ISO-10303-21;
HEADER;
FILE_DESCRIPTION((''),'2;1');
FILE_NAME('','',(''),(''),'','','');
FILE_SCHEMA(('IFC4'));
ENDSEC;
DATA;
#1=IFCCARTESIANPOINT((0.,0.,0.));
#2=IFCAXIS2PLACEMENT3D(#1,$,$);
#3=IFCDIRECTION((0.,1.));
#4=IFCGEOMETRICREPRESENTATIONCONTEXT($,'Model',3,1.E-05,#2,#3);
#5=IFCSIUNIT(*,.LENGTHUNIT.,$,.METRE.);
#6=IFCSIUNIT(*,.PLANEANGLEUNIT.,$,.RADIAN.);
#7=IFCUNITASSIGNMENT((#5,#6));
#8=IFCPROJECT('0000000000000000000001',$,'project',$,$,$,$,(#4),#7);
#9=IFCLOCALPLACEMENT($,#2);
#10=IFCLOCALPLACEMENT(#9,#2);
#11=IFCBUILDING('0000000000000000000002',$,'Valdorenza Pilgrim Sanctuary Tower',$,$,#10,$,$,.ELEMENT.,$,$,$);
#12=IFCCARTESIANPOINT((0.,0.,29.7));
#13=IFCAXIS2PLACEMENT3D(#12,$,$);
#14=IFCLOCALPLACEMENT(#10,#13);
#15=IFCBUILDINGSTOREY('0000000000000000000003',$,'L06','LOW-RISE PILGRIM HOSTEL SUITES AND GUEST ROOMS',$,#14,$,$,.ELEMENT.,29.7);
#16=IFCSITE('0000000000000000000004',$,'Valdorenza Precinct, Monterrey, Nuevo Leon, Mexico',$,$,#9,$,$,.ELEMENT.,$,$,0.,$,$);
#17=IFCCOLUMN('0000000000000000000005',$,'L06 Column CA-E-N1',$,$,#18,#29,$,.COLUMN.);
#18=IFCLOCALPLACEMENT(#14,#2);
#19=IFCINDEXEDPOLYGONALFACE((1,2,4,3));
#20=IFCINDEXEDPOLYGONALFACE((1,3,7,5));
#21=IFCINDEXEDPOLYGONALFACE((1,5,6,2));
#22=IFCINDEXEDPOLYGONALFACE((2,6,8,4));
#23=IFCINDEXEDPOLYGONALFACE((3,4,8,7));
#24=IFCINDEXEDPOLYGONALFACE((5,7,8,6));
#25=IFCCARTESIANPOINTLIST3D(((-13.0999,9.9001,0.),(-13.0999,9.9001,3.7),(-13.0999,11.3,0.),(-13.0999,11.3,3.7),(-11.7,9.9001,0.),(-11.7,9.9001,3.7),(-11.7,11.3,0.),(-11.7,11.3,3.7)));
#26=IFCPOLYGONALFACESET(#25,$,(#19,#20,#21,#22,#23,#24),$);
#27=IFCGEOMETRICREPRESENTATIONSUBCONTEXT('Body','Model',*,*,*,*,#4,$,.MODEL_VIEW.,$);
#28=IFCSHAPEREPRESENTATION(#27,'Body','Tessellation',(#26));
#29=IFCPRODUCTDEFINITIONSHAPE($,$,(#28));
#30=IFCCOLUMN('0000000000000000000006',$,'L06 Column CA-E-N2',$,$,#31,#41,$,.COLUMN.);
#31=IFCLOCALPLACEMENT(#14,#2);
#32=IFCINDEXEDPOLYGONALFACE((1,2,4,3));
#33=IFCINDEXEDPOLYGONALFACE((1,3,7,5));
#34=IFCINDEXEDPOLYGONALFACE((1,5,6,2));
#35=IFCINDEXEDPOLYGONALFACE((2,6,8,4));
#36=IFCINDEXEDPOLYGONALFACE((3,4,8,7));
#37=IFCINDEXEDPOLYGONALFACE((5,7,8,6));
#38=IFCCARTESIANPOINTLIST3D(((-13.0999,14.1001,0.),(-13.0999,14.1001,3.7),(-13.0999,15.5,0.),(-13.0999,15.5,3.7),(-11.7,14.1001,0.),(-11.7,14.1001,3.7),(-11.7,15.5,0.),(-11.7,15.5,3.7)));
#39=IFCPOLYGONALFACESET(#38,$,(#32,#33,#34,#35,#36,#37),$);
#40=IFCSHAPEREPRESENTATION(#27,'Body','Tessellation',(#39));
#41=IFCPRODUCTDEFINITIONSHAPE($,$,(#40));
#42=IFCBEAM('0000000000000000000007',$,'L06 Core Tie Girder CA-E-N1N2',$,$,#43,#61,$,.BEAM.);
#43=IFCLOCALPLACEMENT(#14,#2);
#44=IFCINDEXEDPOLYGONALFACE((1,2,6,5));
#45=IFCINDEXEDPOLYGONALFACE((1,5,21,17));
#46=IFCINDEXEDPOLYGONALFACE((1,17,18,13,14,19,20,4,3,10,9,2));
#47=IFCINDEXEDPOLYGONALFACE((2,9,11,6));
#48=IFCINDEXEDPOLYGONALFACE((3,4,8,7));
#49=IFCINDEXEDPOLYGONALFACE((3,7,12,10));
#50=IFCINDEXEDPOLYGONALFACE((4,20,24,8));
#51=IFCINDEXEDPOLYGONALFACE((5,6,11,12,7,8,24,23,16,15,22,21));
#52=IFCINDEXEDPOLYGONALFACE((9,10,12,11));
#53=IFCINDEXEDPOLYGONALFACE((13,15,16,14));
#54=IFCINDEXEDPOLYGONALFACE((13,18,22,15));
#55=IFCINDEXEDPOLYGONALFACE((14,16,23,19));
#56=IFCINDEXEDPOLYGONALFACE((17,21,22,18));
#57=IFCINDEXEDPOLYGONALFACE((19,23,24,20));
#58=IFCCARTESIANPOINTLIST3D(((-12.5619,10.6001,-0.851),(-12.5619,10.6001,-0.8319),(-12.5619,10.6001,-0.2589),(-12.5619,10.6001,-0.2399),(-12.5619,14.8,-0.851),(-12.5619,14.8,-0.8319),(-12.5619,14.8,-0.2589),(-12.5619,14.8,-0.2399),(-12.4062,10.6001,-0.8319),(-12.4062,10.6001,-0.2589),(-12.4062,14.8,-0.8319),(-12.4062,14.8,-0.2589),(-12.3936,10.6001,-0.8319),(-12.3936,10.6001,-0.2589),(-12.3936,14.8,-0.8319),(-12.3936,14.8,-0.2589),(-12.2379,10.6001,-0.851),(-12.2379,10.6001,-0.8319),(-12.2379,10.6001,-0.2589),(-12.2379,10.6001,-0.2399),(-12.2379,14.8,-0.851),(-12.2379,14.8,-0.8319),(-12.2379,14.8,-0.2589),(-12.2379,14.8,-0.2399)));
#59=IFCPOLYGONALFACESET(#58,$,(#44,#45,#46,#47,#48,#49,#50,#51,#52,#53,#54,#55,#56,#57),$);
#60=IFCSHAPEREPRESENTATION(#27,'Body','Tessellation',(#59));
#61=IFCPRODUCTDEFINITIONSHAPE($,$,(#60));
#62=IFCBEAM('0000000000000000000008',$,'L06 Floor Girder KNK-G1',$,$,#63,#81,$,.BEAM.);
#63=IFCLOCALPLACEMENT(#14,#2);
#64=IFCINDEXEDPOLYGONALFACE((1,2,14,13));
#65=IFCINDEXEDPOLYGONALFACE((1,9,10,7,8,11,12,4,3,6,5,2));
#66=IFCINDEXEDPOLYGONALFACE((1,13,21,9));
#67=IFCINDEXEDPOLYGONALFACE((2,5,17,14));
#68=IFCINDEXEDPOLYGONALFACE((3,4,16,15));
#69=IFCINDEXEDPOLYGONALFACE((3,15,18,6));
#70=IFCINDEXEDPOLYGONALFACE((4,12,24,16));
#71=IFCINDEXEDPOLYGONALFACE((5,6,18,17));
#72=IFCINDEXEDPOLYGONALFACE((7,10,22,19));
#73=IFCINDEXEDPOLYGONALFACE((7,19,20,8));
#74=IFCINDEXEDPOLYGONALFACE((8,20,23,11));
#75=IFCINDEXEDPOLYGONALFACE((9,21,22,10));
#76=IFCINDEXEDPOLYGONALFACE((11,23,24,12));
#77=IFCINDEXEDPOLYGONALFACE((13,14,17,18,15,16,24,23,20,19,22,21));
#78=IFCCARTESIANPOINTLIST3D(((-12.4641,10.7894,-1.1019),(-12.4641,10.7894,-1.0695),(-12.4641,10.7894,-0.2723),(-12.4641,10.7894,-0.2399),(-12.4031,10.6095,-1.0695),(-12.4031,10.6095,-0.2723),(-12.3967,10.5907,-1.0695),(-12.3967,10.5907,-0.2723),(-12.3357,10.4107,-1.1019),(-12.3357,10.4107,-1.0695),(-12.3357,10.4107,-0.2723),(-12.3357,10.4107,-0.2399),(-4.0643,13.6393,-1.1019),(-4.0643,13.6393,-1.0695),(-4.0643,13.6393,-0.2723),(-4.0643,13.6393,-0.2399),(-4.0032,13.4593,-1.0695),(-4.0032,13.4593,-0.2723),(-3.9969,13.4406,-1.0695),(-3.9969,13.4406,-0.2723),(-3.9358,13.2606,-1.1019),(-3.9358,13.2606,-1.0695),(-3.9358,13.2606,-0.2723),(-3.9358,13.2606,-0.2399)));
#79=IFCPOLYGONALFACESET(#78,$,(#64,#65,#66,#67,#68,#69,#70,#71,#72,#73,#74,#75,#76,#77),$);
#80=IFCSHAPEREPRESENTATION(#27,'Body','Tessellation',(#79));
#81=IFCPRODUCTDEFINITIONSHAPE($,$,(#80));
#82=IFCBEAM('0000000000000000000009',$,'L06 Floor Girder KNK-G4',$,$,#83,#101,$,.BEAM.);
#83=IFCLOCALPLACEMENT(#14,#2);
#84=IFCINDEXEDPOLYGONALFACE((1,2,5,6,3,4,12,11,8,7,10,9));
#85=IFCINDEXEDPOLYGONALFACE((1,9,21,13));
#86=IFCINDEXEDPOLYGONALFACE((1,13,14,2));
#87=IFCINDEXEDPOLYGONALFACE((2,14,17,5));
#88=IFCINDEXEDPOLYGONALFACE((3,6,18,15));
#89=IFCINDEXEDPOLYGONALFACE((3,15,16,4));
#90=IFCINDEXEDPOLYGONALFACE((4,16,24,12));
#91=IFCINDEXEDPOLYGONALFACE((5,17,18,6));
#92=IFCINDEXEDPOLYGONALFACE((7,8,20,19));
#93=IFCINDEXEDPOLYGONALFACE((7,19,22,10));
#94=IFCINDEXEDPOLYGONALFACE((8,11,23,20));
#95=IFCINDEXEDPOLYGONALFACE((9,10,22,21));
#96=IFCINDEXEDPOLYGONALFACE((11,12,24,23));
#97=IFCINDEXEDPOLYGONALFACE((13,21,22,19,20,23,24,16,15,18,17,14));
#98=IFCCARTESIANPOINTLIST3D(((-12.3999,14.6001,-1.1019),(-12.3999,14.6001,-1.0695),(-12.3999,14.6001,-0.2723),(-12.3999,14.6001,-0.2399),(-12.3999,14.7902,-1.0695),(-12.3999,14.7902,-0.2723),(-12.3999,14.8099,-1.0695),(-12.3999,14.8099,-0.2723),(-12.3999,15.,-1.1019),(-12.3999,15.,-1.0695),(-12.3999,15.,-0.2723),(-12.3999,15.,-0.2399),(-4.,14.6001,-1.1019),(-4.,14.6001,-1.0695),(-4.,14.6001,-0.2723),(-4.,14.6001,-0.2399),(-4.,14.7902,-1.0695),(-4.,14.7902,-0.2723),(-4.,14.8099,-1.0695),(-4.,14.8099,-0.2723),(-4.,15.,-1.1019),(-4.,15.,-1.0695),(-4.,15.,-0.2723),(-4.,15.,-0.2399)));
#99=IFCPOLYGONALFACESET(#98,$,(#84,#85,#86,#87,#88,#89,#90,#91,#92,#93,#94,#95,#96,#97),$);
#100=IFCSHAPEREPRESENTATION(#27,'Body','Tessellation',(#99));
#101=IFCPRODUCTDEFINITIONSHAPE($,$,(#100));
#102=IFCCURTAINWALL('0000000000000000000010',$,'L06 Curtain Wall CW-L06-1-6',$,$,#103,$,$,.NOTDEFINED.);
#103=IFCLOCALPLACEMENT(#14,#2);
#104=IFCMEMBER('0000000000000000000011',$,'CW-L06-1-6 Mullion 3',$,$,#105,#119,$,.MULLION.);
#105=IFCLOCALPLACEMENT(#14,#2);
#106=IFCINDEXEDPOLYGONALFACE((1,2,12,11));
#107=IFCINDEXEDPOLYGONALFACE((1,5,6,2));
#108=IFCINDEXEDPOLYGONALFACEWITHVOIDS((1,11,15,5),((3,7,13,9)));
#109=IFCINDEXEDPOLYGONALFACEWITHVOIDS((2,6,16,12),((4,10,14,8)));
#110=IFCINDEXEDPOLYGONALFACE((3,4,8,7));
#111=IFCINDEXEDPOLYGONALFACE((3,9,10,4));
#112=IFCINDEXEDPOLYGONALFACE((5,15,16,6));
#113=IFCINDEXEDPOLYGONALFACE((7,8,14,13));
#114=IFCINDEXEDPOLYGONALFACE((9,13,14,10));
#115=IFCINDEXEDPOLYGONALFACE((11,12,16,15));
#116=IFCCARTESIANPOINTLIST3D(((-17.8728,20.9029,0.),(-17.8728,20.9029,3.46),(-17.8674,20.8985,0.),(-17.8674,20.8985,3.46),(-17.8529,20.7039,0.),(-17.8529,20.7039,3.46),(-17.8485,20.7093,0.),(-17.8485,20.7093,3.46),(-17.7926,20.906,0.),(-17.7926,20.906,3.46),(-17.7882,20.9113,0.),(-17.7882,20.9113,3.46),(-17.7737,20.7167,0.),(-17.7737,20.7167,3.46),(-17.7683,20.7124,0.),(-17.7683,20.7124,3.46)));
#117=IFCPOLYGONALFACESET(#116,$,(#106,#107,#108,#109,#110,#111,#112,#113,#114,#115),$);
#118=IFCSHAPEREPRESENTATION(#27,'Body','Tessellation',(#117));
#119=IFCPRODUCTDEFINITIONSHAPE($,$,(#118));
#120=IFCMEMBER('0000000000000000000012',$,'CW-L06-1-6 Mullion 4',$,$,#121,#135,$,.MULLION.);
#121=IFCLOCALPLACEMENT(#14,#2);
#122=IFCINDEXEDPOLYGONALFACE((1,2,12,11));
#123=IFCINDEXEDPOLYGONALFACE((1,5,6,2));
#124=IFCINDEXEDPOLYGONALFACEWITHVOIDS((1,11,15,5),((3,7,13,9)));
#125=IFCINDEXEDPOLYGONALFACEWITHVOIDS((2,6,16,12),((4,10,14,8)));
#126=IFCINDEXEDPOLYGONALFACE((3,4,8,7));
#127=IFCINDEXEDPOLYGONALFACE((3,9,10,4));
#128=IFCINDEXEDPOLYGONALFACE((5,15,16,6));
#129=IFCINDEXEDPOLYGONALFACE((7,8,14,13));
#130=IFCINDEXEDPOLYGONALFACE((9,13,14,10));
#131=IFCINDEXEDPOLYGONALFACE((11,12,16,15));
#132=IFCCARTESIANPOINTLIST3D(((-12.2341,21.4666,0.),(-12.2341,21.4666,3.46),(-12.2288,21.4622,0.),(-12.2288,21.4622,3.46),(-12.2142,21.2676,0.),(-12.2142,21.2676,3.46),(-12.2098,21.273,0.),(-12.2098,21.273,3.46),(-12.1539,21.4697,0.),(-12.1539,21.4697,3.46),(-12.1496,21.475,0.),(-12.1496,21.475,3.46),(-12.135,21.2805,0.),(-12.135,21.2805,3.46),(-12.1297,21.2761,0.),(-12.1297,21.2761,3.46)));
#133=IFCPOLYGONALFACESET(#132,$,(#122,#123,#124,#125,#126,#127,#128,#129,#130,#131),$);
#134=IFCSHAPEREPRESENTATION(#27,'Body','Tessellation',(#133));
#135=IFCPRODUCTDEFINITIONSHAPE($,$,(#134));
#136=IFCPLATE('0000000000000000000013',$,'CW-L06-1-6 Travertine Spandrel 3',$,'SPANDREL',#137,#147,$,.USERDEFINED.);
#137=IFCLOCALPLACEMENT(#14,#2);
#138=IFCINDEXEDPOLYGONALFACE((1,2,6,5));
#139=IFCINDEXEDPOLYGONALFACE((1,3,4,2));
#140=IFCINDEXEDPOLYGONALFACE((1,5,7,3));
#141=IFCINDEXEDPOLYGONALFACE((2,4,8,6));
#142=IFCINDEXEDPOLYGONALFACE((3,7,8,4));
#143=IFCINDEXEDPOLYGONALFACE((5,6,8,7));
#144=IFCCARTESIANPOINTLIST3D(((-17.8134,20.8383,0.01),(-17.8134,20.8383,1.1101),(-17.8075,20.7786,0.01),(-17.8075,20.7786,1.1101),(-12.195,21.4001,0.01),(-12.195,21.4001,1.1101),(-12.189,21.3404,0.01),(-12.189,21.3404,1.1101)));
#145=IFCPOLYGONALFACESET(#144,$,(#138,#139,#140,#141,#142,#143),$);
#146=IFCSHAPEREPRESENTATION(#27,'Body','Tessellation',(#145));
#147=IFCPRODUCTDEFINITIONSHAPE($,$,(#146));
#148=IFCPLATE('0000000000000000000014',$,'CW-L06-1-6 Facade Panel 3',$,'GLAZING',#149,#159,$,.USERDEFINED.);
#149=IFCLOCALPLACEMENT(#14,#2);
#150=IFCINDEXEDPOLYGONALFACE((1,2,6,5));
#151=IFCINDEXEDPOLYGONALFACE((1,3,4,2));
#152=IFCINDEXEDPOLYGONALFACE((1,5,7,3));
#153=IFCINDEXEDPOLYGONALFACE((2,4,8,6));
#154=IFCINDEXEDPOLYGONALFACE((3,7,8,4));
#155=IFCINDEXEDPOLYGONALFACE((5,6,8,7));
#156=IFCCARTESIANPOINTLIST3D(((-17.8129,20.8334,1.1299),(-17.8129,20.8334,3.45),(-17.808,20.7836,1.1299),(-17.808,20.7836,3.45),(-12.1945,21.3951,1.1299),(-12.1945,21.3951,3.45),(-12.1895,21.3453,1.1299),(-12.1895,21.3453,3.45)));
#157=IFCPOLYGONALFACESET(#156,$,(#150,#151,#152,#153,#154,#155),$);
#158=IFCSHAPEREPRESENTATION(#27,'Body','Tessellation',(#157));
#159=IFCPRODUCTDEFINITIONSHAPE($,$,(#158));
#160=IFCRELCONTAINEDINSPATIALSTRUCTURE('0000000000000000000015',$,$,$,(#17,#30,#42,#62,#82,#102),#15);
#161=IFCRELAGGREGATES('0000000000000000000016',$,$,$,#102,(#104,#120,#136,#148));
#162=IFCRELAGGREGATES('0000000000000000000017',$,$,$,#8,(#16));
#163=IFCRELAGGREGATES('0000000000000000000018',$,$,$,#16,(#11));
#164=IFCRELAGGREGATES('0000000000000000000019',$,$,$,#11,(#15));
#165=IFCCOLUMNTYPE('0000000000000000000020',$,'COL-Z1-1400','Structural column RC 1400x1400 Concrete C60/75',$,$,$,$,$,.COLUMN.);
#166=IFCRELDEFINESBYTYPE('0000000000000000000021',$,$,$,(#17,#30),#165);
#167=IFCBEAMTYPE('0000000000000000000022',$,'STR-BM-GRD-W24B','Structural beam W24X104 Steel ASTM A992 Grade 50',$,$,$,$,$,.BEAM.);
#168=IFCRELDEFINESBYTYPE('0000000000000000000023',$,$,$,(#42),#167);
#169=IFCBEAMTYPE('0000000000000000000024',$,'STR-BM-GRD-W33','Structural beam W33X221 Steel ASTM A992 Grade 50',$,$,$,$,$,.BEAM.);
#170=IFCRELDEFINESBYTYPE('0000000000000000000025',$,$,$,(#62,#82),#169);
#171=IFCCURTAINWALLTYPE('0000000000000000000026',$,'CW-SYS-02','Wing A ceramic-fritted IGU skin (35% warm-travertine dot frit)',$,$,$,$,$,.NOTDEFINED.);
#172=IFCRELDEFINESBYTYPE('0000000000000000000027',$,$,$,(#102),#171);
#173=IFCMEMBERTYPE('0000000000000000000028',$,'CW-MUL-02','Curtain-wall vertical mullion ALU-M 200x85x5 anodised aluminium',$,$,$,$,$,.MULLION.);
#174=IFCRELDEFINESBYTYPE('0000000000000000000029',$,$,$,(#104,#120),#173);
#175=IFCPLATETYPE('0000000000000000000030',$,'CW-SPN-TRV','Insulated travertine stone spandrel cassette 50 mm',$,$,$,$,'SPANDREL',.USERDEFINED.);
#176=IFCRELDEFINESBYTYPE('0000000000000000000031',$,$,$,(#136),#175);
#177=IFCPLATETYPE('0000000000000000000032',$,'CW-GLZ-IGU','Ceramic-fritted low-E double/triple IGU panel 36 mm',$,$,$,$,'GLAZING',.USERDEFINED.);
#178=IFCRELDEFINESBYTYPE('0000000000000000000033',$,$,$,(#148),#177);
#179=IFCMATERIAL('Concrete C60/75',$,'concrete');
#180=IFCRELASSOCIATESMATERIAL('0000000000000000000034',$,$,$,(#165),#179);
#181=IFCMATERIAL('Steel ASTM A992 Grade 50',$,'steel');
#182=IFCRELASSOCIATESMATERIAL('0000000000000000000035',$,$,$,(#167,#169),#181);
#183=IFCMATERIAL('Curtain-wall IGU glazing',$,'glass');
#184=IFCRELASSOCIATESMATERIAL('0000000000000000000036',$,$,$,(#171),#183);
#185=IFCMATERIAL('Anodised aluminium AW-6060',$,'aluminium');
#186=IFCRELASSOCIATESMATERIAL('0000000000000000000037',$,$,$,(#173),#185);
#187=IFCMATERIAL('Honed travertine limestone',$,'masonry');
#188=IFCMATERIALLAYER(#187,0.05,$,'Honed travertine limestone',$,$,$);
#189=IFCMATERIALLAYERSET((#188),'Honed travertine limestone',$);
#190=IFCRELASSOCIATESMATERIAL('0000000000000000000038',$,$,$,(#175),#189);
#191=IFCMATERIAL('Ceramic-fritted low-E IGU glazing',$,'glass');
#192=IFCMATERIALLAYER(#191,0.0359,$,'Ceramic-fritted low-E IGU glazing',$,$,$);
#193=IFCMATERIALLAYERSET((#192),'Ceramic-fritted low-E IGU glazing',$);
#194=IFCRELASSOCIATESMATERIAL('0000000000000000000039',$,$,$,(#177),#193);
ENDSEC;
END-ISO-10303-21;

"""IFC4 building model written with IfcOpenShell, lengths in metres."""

from ifc_helpers import new_model, si_unit, direction, frame, origin, origin_2d, place, context, subcontext, project, spatial, rectangle, hollow_rectangle, i_section, extrude, source, transform, mapped, material, layer, layer_set, material_profile, profile_set, type_object, element, aggregate, save


model = new_model("IFC4")

# Units and contexts
model_context = context("Model", 3, precision=1e-05, world=origin(), true_north=direction((0.0, 1.0)))
body_context = subcontext(model_context, "Body", "Model", "MODEL_VIEW")
ifc_project = project(units=[si_unit("LENGTHUNIT", "METRE"), si_unit("PLANEANGLEUNIT", "RADIAN")], contexts=[model_context])

# Site, building, storey
site_placement = place(None, origin())
site = spatial("IfcSite", under=ifc_project, at=site_placement, Name="Valdorenza Precinct, Monterrey, Nuevo Leon, Mexico", CompositionType="ELEMENT", RefElevation=0.0)
building_placement = place(site_placement, origin())
building = spatial("IfcBuilding", under=site, at=building_placement, Name="Valdorenza Pilgrim Sanctuary Tower", CompositionType="ELEMENT")
storey_placement = place(building_placement, frame((0.0, 0.0, 29.7)))
storey = spatial("IfcBuildingStorey", under=building, at=storey_placement, Name="L06", Description="LOW-RISE PILGRIM HOSTEL SUITES AND GUEST ROOMS", CompositionType="ELEMENT", Elevation=29.7)

# Columns
ifc_material_1 = material(Name="Concrete C60/75", Category="concrete")
ifc_material_profile_1 = material_profile(ifc_material_1, rectangle(XDim=1.3999, YDim=1.3999, at=origin_2d()), Name="RC 1400x1400")
ifc_profile_set_1 = profile_set([ifc_material_profile_1], Name="Concrete C60/75")
column_type = type_object("IfcColumnType", Name="COL-Z1-1400", Description="Structural column RC 1400x1400 Concrete C60/75", PredefinedType="COLUMN", material=ifc_profile_set_1)
shared_shape_1 = source(origin(), body_context, "Body", "SweptSolid", [
    extrude(rectangle(XDim=1.3999, YDim=1.3999, at=origin_2d()), origin(), (0.0, 0.0, 1.0), 3.7),
])
for number, where, z_axis, x_axis, name in (
    (1, (-12.3999, 10.6001, 0.0), (0.0, 0.0, 1.0), (1.0, 0.0, 0.0), "L06 Column CA-E-N1"),
    (2, (-12.3999, 14.8, 0.0), (0.0, 0.0, 1.0), (1.0, 0.0, 0.0), "L06 Column CA-E-N2"),
):
    element("IfcColumn", number, at=place(storey_placement, frame(where, z_axis=z_axis, x_axis=x_axis)), inside=storey, type_object=column_type, Name=name, PredefinedType="COLUMN", context=body_context, shape_type="MappedRepresentation", body=[
        mapped(shared_shape_1, transform((0.0, 0.0, 0.0), x_axis=(1.0, 0.0, 0.0), y_axis=(0.0, 1.0, 0.0), z_axis=(0.0, 0.0, 1.0), scale=1.0)),
    ])

# Beams
ifc_material_2 = material(Name="Steel ASTM A992 Grade 50", Category="steel")
ifc_material_profile_2 = material_profile(ifc_material_2, i_section(OverallWidth=0.324, OverallDepth=0.6111, WebThickness=0.0127, FlangeThickness=0.019, at=origin_2d()), Name="W24X104")
ifc_profile_set_2 = profile_set([ifc_material_profile_2], Name="Steel ASTM A992 Grade 50")
beam_type_1 = type_object("IfcBeamType", Name="STR-BM-GRD-W24B", Description="Structural beam W24X104 Steel ASTM A992 Grade 50", PredefinedType="BEAM", material=ifc_profile_set_2)
shared_shape_2 = source(origin(), body_context, "Body", "SweptSolid", [
    extrude(i_section(OverallWidth=0.324, OverallDepth=0.6111, WebThickness=0.0127, FlangeThickness=0.019, at=origin_2d()), origin(), (0.0, 0.0, 1.0), 4.2),
])
beam_1_placement = place(storey_placement, frame((-12.3999, 10.6001, -0.5454), z_axis=(0.0, 1.0, 0.0), x_axis=(-1.0, 0.0, 0.0)))
element("IfcBeam", 3, at=beam_1_placement, inside=storey, type_object=beam_type_1, Name="L06 Core Tie Girder CA-E-N1N2", PredefinedType="BEAM", context=body_context, shape_type="MappedRepresentation", body=[
    mapped(shared_shape_2, transform((0.0, 0.0, 0.0), x_axis=(1.0, 0.0, 0.0), y_axis=(0.0, 1.0, 0.0), z_axis=(0.0, 0.0, 1.0), scale=1.0)),
])
ifc_material_profile_3 = material_profile(ifc_material_2, i_section(OverallWidth=0.3999, OverallDepth=0.8621, WebThickness=0.0198, FlangeThickness=0.0325, at=origin_2d()), Name="W33X221")
ifc_profile_set_3 = profile_set([ifc_material_profile_3], Name="Steel ASTM A992 Grade 50")
beam_type_2 = type_object("IfcBeamType", Name="STR-BM-GRD-W33", Description="Structural beam W33X221 Steel ASTM A992 Grade 50", PredefinedType="BEAM", material=ifc_profile_set_3)
shared_shape_3 = source(origin(), body_context, "Body", "SweptSolid", [
    extrude(i_section(OverallWidth=0.3999, OverallDepth=0.8621, WebThickness=0.0198, FlangeThickness=0.0325, at=origin_2d()), origin(), (0.0, 0.0, 1.0), 8.8701),
])
beam_2_placement = place(storey_placement, frame((-12.3999, 10.6001, -0.6709), z_axis=(0.946983, 0.321285, 0.0), x_axis=(-0.321285, 0.946983, 0.0)))
element("IfcBeam", 4, at=beam_2_placement, inside=storey, type_object=beam_type_2, Name="L06 Floor Girder KNK-G1", PredefinedType="BEAM", context=body_context, shape_type="MappedRepresentation", body=[
    mapped(shared_shape_3, transform((0.0, 0.0, 0.0), x_axis=(1.0, 0.0, 0.0), y_axis=(0.0, 1.0, 0.0), z_axis=(0.0, 0.0, 1.0), scale=1.0)),
])
shared_shape_4 = source(origin(), body_context, "Body", "SweptSolid", [
    extrude(i_section(OverallWidth=0.3999, OverallDepth=0.8621, WebThickness=0.0198, FlangeThickness=0.0325, at=origin_2d()), origin(), (0.0, 0.0, 1.0), 8.3999),
])
beam_3_placement = place(storey_placement, frame((-12.3999, 14.8, -0.6709), z_axis=(1.0, 0.0, 0.0), x_axis=(0.0, 1.0, 0.0)))
element("IfcBeam", 5, at=beam_3_placement, inside=storey, type_object=beam_type_2, Name="L06 Floor Girder KNK-G4", PredefinedType="BEAM", context=body_context, shape_type="MappedRepresentation", body=[
    mapped(shared_shape_4, transform((0.0, 0.0, 0.0), x_axis=(1.0, 0.0, 0.0), y_axis=(0.0, 1.0, 0.0), z_axis=(0.0, 0.0, 1.0), scale=1.0)),
])

# Curtain wall, members, plates
ifc_material_3 = material(Name="Curtain-wall IGU glazing", Category="glass")
curtain_wall_type = type_object("IfcCurtainWallType", Name="CW-SYS-02", Description="Wing A ceramic-fritted IGU skin (35% warm-travertine dot frit)", PredefinedType="NOTDEFINED", material=ifc_material_3)
curtain_wall_placement = place(storey_placement, origin())
curtain_wall = element("IfcCurtainWall", 6, at=curtain_wall_placement, inside=storey, type_object=curtain_wall_type, Name="L06 Curtain Wall CW-L06-1-6", PredefinedType="NOTDEFINED")
ifc_material_4 = material(Name="Anodised aluminium AW-6060", Category="aluminium")
ifc_material_profile_4 = material_profile(ifc_material_4, hollow_rectangle(XDim=0.085, YDim=0.2, WallThickness=0.0049, at=origin_2d()), Name="ALU-M 200x85x5")
ifc_profile_set_4 = profile_set([ifc_material_profile_4], Name="Anodised aluminium AW-6060")
member_type = type_object("IfcMemberType", Name="CW-MUL-02", Description="Curtain-wall vertical mullion ALU-M 200x85x5 anodised aluminium", PredefinedType="MULLION", material=ifc_profile_set_4)
shared_shape_5 = source(origin(), body_context, "Body", "SweptSolid", [
    extrude(hollow_rectangle(XDim=0.085, YDim=0.2, WallThickness=0.0049, at=origin_2d()), origin(), (0.0, 0.0, 1.0), 3.46),
])
member_1_placement = place(storey_placement, frame((-17.8206, 20.8076, 0.0), z_axis=(0.0, 0.0, 1.0), x_axis=(0.995038, 0.099493, 0.0)))
member_1 = element("IfcMember", 7, at=member_1_placement, type_object=member_type, Name="CW-L06-1-6 Mullion 3", PredefinedType="MULLION", context=body_context, shape_type="MappedRepresentation", body=[
    mapped(shared_shape_5, transform((0.0, 0.0, 0.0), x_axis=(1.0, 0.0, 0.0), y_axis=(0.0, 1.0, 0.0), z_axis=(0.0, 0.0, 1.0), scale=1.0)),
])
member_2_placement = place(storey_placement, frame((-12.1819, 21.3713, 0.0), z_axis=(0.0, 0.0, 1.0), x_axis=(0.995038, 0.099493, 0.0)))
member_2 = element("IfcMember", 8, at=member_2_placement, type_object=member_type, Name="CW-L06-1-6 Mullion 4", PredefinedType="MULLION", context=body_context, shape_type="MappedRepresentation", body=[
    mapped(shared_shape_5, transform((0.0, 0.0, 0.0), x_axis=(1.0, 0.0, 0.0), y_axis=(0.0, 1.0, 0.0), z_axis=(0.0, 0.0, 1.0), scale=1.0)),
])
ifc_material_5 = material(Name="Honed travertine limestone", Category="masonry")
ifc_layer_1 = layer(ifc_material_5, 0.05, Name="Honed travertine limestone")
ifc_layer_set_1 = layer_set([ifc_layer_1], Name="Honed travertine limestone")
plate_type_1 = type_object("IfcPlateType", Name="CW-SPN-TRV", Description="Insulated travertine stone spandrel cassette 50 mm", ElementType="SPANDREL", PredefinedType="USERDEFINED", material=ifc_layer_set_1)
shared_shape_6 = source(origin(), body_context, "Body", "SweptSolid", [
    extrude(rectangle(XDim=5.6465, YDim=0.0601, at=origin_2d()), origin(), (0.0, 0.0, 1.0), 1.1001),
])
plate_1_placement = place(storey_placement, frame((-15.0012, 21.0894, 0.01), z_axis=(0.0, 0.0, 1.0), x_axis=(0.995038, 0.099493, 0.0)))
plate_1 = element("IfcPlate", 9, at=plate_1_placement, type_object=plate_type_1, Name="CW-L06-1-6 Travertine Spandrel 3", ObjectType="SPANDREL", PredefinedType="USERDEFINED", context=body_context, shape_type="MappedRepresentation", body=[
    mapped(shared_shape_6, transform((0.0, 0.0, 0.0), x_axis=(1.0, 0.0, 0.0), y_axis=(0.0, 1.0, 0.0), z_axis=(0.0, 0.0, 1.0), scale=1.0)),
])
ifc_material_6 = material(Name="Ceramic-fritted low-E IGU glazing", Category="glass")
ifc_layer_2 = layer(ifc_material_6, 0.0359, Name="Ceramic-fritted low-E IGU glazing")
ifc_layer_set_2 = layer_set([ifc_layer_2], Name="Ceramic-fritted low-E IGU glazing")
plate_type_2 = type_object("IfcPlateType", Name="CW-GLZ-IGU", Description="Ceramic-fritted low-E double/triple IGU panel 36 mm", ElementType="GLAZING", PredefinedType="USERDEFINED", material=ifc_layer_set_2)
shared_shape_7 = source(origin(), body_context, "Body", "SweptSolid", [
    extrude(rectangle(XDim=5.6465, YDim=0.05, at=origin_2d()), origin(), (0.0, 0.0, 1.0), 2.3201),
])
plate_2_placement = place(storey_placement, frame((-15.0012, 21.0894, 1.1299), z_axis=(0.0, 0.0, 1.0), x_axis=(0.995038, 0.099493, 0.0)))
plate_2 = element("IfcPlate", 10, at=plate_2_placement, type_object=plate_type_2, Name="CW-L06-1-6 Facade Panel 3", ObjectType="GLAZING", PredefinedType="USERDEFINED", context=body_context, shape_type="MappedRepresentation", body=[
    mapped(shared_shape_7, transform((0.0, 0.0, 0.0), x_axis=(1.0, 0.0, 0.0), y_axis=(0.0, 1.0, 0.0), z_axis=(0.0, 0.0, 1.0), scale=1.0)),
])
aggregate(curtain_wall, [member_1, member_2, plate_1, plate_2])

save(model, "model.ifc")
